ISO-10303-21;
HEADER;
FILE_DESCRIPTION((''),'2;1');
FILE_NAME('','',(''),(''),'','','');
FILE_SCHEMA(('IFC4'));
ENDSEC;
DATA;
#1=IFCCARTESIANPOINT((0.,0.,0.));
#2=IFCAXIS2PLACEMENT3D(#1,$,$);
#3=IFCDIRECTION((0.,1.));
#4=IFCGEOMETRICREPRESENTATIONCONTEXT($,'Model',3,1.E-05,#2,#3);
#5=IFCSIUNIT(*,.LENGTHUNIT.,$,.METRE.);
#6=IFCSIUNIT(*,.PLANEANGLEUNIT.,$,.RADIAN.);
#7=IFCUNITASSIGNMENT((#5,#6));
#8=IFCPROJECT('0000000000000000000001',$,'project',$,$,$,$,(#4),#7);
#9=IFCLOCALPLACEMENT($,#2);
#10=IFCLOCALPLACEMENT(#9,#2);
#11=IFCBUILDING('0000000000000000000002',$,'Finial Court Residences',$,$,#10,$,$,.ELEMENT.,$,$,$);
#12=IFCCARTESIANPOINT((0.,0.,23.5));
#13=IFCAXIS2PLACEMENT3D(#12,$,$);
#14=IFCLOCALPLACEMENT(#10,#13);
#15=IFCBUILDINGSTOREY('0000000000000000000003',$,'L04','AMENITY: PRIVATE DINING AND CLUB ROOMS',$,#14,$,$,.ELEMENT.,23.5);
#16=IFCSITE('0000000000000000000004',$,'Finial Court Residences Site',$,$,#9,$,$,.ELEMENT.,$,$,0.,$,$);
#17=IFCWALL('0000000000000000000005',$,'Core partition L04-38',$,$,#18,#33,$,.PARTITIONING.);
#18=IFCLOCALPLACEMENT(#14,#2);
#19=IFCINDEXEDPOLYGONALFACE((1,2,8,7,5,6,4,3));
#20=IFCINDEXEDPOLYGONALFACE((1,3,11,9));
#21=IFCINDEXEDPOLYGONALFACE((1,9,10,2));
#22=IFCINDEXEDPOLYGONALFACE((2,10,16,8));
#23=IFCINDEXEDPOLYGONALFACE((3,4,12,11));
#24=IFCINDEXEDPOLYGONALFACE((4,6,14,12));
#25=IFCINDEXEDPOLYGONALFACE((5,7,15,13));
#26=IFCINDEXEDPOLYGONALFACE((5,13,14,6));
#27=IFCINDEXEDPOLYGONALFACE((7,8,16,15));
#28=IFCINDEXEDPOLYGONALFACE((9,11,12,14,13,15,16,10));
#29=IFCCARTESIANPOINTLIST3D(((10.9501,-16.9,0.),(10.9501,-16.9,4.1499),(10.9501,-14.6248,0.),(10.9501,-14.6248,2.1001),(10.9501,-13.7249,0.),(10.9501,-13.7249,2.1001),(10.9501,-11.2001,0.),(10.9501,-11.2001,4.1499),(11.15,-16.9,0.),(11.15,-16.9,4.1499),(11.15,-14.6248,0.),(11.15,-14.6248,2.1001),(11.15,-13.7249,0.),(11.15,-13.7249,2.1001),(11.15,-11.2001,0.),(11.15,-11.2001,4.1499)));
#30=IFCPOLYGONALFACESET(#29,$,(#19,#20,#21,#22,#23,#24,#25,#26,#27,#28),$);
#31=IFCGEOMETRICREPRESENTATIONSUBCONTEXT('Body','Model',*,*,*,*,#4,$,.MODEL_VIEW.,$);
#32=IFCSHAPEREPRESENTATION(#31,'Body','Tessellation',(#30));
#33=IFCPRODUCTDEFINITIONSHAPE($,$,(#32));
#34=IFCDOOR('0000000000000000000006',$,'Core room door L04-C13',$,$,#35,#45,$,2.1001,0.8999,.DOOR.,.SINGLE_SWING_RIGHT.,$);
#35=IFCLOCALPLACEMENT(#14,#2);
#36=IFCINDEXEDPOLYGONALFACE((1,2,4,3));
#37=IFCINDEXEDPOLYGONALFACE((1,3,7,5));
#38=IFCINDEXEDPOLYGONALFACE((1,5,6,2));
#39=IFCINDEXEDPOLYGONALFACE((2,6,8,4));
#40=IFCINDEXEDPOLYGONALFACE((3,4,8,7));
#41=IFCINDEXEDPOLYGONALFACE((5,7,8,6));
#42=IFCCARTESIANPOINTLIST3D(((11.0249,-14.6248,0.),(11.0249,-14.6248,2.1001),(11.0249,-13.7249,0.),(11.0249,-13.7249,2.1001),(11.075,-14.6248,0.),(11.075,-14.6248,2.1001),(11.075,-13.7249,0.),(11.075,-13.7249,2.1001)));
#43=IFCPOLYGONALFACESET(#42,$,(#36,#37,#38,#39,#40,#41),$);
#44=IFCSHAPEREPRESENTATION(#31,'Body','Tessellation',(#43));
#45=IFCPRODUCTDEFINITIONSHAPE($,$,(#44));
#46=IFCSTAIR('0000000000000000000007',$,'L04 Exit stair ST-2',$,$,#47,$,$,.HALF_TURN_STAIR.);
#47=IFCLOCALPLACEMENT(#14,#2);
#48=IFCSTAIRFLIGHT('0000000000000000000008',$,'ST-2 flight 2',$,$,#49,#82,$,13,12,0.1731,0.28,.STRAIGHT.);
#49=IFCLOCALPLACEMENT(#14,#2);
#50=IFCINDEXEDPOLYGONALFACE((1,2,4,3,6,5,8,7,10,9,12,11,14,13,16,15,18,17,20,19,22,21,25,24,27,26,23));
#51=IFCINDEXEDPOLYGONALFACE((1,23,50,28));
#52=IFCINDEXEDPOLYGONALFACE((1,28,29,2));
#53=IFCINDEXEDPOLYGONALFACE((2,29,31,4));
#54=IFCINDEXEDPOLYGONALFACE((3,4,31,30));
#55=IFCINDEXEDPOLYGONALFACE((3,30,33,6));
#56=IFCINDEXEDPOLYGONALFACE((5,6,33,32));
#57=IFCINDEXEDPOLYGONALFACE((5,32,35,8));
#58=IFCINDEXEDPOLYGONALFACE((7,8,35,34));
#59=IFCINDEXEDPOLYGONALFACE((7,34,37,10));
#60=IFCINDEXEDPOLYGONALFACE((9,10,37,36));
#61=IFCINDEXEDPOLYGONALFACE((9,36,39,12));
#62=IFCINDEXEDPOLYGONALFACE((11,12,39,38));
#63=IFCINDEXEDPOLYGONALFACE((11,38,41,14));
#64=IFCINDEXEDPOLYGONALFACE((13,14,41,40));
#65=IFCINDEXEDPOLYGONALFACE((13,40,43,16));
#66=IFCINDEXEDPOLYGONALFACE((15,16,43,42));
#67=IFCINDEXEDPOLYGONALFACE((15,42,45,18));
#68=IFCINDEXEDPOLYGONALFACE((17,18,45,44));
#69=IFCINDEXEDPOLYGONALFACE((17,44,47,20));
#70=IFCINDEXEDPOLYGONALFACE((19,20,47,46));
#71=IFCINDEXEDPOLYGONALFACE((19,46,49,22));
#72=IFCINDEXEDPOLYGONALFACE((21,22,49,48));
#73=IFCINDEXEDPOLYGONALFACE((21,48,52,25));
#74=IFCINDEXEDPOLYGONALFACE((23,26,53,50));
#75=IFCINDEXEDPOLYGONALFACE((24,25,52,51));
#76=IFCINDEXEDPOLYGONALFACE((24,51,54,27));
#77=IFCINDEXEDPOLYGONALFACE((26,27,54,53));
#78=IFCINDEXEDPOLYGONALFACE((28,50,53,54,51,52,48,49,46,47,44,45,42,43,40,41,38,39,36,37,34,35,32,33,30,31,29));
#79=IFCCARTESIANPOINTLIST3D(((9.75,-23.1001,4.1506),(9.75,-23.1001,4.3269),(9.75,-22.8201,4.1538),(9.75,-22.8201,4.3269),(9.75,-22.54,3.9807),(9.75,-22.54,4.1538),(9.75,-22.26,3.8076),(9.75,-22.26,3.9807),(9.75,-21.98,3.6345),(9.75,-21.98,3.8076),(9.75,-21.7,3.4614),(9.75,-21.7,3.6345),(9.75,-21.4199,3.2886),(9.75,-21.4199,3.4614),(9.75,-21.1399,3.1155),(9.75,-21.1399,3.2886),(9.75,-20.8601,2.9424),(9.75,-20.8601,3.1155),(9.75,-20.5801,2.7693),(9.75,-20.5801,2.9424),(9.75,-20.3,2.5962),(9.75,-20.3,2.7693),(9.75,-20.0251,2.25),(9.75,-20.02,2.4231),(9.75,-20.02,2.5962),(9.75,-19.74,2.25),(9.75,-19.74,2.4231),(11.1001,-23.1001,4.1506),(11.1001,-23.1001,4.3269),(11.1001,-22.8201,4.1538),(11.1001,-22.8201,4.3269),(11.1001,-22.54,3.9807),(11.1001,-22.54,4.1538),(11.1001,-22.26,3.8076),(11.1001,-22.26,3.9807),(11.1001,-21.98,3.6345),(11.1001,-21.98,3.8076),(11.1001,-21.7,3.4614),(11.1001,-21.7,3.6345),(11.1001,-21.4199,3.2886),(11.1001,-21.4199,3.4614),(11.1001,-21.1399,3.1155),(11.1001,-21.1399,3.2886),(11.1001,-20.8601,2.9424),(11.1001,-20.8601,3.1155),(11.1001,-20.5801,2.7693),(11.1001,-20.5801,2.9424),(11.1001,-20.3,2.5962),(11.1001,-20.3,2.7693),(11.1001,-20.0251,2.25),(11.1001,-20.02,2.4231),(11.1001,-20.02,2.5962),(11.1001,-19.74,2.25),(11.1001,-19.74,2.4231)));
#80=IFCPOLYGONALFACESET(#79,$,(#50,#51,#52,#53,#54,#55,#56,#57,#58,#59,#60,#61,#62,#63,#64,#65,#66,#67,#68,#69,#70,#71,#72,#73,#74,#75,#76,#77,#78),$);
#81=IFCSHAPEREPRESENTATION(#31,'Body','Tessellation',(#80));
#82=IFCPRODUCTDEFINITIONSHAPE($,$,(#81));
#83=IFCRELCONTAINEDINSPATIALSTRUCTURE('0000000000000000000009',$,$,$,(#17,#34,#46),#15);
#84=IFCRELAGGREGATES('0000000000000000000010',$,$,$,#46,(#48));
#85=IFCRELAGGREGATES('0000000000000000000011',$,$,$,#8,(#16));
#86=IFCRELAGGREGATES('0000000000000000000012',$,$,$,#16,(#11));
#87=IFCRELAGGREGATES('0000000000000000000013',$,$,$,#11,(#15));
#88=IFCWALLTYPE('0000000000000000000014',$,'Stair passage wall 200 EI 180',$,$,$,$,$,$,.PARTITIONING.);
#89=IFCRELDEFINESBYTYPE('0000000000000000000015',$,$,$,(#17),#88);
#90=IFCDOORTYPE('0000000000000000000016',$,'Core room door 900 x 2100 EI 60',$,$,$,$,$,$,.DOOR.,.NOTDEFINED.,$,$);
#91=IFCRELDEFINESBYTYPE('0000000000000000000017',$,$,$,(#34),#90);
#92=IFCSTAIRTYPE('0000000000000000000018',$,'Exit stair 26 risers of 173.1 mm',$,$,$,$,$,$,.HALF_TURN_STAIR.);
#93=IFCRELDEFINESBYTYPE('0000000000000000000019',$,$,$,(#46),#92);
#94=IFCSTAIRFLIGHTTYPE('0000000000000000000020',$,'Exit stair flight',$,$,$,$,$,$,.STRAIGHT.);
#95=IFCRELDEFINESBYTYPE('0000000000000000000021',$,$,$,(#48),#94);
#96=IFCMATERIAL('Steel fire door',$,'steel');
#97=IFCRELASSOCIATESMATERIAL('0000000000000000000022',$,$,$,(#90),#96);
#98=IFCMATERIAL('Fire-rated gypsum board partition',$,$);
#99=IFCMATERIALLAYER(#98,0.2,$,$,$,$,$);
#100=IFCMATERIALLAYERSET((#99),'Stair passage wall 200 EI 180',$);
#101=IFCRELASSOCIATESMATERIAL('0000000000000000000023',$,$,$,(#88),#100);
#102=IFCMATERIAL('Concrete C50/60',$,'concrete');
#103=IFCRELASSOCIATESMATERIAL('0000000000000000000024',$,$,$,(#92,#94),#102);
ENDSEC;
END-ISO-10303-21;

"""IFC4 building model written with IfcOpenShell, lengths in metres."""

from ifc_helpers import new_model, si_unit, direction, frame, frame_2d, origin, place, context, subcontext, project, spatial, polyline, rectangle, outline, extrude, material, layer, layer_set, type_object, element, fill, aggregate, save


model = new_model("IFC4")

# Units and contexts
model_context = context("Model", 3, precision=1e-05, world=origin(), true_north=direction((0.0, 1.0)))
body_context = subcontext(model_context, "Body", "Model", "MODEL_VIEW")
ifc_project = project(units=[si_unit("LENGTHUNIT", "METRE"), si_unit("PLANEANGLEUNIT", "RADIAN")], contexts=[model_context])

# Site, building, storey
site_placement = place(None, origin())
site = spatial("IfcSite", under=ifc_project, at=site_placement, Name="Finial Court Residences Site", CompositionType="ELEMENT", RefElevation=0.0)
building_placement = place(site_placement, origin())
building = spatial("IfcBuilding", under=site, at=building_placement, Name="Finial Court Residences", CompositionType="ELEMENT")
storey_placement = place(building_placement, frame((0.0, 0.0, 23.5)))
storey = spatial("IfcBuildingStorey", under=building, at=storey_placement, Name="L04", Description="AMENITY: PRIVATE DINING AND CLUB ROOMS", CompositionType="ELEMENT", Elevation=23.5)

# Shared definitions
ifc_material_1 = material(Name="Fire-rated gypsum board partition")

# Shared definitions
ifc_material_2 = material(Name="Steel fire door", Category="steel")
door_type_1 = type_object("IfcDoorType", Name="Core room door 900 x 2100 EI 60", OperationType="NOTDEFINED", PredefinedType="DOOR", material=ifc_material_2)

# Shared definitions
ifc_layer_1 = layer(ifc_material_1, 0.2)
ifc_layer_set_1 = layer_set([ifc_layer_1], Name="Stair passage wall 200 EI 180")
wall_type_1 = type_object("IfcWallType", Name="Stair passage wall 200 EI 180", PredefinedType="PARTITIONING", material=ifc_layer_set_1)

# Wall, opening, door
wall_1_placement = place(storey_placement, frame((11.05, -11.2, 0.0), z_axis=(0.0, 0.0, 1.0), x_axis=(0.0, -1.0, 0.0)))
wall_1 = element("IfcWall", 1, at=wall_1_placement, inside=storey, type_object=wall_type_1, Name="Core partition L04-38", PredefinedType="PARTITIONING", context=body_context, shape_type="SweptSolid", body=[
    extrude(rectangle(XDim=5.7, YDim=0.2, at=frame_2d((2.8501, 0.0))), origin(), (0.0, 0.0, 1.0), 4.1499),
])
opening_1_placement = place(wall_1_placement, frame((2.5249, 0.0, 0.0)))
opening_1 = element("IfcOpeningElement", 2, at=opening_1_placement, cuts=wall_1, PredefinedType="OPENING", context=body_context, shape_type="SweptSolid", body=[
    extrude(rectangle(XDim=0.8999, YDim=2.1001, at=frame_2d((0.45, 1.05))), frame((0.0, 0.1099, 0.0), z_axis=(0.0, -1.0, 0.0), x_axis=(1.0, 0.0, 0.0)), (0.0, 0.0, 1.0), 0.22),
])
door_1_placement = place(opening_1_placement, origin())
door_1 = element("IfcDoor", 3, at=door_1_placement, inside=storey, type_object=door_type_1, Name="Core room door L04-C13", OperationType="SINGLE_SWING_RIGHT", OverallHeight=2.1001, OverallWidth=0.8999, PredefinedType="DOOR", context=body_context, shape_type="SweptSolid", body=[
    extrude(rectangle(XDim=0.8999, YDim=2.1001, at=frame_2d((0.45, 1.05))), frame((0.0, 0.0249, 0.0), z_axis=(0.0, -1.0, 0.0), x_axis=(1.0, 0.0, 0.0)), (0.0, 0.0, 1.0), 0.05),
])
fill(opening_1, door_1)

# Stair, stair flight
ifc_material_3 = material(Name="Concrete C50/60", Category="concrete")
stair_type = type_object("IfcStairType", Name="Exit stair 26 risers of 173.1 mm", PredefinedType="HALF_TURN_STAIR", material=ifc_material_3)
stair_placement = place(storey_placement, origin())
stair = element("IfcStair", 4, at=stair_placement, inside=storey, type_object=stair_type, Name="L04 Exit stair ST-2", PredefinedType="HALF_TURN_STAIR")
stair_flight_type = type_object("IfcStairFlightType", Name="Exit stair flight", PredefinedType="STRAIGHT", material=ifc_material_3)
stair_flight_placement = place(storey_placement, frame((10.425, -19.74, 2.25), z_axis=(0.0, 0.0, 1.0), x_axis=(0.0, -1.0, 0.0)))
stair_flight = element("IfcStairFlight", 5, at=stair_flight_placement, type_object=stair_flight_type, Name="ST-2 flight 2", NumberOfRisers=13, NumberOfTreads=12, PredefinedType="STRAIGHT", RiserHeight=0.1731, TreadLength=0.28, context=body_context, shape_type="SweptSolid", body=[
    extrude(outline(polyline([(0.0, 0.0), (0.0, 0.1731), (0.28, 0.1731), (0.28, 0.3462), (0.5601, 0.3462), (0.5601, 0.5193), (0.8401, 0.5193), (0.8401, 0.6924), (1.1201, 0.6924), (1.1201, 0.8655), (1.3999, 0.8655), (1.3999, 1.0386), (1.6799, 1.0386), (1.6799, 1.2114), (1.96, 1.2114), (1.96, 1.3845), (2.24, 1.3845), (2.24, 1.5576), (2.52, 1.5576), (2.52, 1.7307), (2.8, 1.7307), (2.8, 1.9038), (3.0801, 1.9038), (3.0801, 2.0769), (3.3601, 2.0769), (3.3601, 2.25), (3.3601, 1.9006), (0.2852, 0.0), (0.0, 0.0)])), frame((0.0, 0.675, 0.0), z_axis=(0.0, -1.0, 0.0), x_axis=(1.0, 0.0, 0.0)), (0.0, 0.0, 1.0), 1.3501),
])
aggregate(stair, [stair_flight])

save(model, "model.ifc")
